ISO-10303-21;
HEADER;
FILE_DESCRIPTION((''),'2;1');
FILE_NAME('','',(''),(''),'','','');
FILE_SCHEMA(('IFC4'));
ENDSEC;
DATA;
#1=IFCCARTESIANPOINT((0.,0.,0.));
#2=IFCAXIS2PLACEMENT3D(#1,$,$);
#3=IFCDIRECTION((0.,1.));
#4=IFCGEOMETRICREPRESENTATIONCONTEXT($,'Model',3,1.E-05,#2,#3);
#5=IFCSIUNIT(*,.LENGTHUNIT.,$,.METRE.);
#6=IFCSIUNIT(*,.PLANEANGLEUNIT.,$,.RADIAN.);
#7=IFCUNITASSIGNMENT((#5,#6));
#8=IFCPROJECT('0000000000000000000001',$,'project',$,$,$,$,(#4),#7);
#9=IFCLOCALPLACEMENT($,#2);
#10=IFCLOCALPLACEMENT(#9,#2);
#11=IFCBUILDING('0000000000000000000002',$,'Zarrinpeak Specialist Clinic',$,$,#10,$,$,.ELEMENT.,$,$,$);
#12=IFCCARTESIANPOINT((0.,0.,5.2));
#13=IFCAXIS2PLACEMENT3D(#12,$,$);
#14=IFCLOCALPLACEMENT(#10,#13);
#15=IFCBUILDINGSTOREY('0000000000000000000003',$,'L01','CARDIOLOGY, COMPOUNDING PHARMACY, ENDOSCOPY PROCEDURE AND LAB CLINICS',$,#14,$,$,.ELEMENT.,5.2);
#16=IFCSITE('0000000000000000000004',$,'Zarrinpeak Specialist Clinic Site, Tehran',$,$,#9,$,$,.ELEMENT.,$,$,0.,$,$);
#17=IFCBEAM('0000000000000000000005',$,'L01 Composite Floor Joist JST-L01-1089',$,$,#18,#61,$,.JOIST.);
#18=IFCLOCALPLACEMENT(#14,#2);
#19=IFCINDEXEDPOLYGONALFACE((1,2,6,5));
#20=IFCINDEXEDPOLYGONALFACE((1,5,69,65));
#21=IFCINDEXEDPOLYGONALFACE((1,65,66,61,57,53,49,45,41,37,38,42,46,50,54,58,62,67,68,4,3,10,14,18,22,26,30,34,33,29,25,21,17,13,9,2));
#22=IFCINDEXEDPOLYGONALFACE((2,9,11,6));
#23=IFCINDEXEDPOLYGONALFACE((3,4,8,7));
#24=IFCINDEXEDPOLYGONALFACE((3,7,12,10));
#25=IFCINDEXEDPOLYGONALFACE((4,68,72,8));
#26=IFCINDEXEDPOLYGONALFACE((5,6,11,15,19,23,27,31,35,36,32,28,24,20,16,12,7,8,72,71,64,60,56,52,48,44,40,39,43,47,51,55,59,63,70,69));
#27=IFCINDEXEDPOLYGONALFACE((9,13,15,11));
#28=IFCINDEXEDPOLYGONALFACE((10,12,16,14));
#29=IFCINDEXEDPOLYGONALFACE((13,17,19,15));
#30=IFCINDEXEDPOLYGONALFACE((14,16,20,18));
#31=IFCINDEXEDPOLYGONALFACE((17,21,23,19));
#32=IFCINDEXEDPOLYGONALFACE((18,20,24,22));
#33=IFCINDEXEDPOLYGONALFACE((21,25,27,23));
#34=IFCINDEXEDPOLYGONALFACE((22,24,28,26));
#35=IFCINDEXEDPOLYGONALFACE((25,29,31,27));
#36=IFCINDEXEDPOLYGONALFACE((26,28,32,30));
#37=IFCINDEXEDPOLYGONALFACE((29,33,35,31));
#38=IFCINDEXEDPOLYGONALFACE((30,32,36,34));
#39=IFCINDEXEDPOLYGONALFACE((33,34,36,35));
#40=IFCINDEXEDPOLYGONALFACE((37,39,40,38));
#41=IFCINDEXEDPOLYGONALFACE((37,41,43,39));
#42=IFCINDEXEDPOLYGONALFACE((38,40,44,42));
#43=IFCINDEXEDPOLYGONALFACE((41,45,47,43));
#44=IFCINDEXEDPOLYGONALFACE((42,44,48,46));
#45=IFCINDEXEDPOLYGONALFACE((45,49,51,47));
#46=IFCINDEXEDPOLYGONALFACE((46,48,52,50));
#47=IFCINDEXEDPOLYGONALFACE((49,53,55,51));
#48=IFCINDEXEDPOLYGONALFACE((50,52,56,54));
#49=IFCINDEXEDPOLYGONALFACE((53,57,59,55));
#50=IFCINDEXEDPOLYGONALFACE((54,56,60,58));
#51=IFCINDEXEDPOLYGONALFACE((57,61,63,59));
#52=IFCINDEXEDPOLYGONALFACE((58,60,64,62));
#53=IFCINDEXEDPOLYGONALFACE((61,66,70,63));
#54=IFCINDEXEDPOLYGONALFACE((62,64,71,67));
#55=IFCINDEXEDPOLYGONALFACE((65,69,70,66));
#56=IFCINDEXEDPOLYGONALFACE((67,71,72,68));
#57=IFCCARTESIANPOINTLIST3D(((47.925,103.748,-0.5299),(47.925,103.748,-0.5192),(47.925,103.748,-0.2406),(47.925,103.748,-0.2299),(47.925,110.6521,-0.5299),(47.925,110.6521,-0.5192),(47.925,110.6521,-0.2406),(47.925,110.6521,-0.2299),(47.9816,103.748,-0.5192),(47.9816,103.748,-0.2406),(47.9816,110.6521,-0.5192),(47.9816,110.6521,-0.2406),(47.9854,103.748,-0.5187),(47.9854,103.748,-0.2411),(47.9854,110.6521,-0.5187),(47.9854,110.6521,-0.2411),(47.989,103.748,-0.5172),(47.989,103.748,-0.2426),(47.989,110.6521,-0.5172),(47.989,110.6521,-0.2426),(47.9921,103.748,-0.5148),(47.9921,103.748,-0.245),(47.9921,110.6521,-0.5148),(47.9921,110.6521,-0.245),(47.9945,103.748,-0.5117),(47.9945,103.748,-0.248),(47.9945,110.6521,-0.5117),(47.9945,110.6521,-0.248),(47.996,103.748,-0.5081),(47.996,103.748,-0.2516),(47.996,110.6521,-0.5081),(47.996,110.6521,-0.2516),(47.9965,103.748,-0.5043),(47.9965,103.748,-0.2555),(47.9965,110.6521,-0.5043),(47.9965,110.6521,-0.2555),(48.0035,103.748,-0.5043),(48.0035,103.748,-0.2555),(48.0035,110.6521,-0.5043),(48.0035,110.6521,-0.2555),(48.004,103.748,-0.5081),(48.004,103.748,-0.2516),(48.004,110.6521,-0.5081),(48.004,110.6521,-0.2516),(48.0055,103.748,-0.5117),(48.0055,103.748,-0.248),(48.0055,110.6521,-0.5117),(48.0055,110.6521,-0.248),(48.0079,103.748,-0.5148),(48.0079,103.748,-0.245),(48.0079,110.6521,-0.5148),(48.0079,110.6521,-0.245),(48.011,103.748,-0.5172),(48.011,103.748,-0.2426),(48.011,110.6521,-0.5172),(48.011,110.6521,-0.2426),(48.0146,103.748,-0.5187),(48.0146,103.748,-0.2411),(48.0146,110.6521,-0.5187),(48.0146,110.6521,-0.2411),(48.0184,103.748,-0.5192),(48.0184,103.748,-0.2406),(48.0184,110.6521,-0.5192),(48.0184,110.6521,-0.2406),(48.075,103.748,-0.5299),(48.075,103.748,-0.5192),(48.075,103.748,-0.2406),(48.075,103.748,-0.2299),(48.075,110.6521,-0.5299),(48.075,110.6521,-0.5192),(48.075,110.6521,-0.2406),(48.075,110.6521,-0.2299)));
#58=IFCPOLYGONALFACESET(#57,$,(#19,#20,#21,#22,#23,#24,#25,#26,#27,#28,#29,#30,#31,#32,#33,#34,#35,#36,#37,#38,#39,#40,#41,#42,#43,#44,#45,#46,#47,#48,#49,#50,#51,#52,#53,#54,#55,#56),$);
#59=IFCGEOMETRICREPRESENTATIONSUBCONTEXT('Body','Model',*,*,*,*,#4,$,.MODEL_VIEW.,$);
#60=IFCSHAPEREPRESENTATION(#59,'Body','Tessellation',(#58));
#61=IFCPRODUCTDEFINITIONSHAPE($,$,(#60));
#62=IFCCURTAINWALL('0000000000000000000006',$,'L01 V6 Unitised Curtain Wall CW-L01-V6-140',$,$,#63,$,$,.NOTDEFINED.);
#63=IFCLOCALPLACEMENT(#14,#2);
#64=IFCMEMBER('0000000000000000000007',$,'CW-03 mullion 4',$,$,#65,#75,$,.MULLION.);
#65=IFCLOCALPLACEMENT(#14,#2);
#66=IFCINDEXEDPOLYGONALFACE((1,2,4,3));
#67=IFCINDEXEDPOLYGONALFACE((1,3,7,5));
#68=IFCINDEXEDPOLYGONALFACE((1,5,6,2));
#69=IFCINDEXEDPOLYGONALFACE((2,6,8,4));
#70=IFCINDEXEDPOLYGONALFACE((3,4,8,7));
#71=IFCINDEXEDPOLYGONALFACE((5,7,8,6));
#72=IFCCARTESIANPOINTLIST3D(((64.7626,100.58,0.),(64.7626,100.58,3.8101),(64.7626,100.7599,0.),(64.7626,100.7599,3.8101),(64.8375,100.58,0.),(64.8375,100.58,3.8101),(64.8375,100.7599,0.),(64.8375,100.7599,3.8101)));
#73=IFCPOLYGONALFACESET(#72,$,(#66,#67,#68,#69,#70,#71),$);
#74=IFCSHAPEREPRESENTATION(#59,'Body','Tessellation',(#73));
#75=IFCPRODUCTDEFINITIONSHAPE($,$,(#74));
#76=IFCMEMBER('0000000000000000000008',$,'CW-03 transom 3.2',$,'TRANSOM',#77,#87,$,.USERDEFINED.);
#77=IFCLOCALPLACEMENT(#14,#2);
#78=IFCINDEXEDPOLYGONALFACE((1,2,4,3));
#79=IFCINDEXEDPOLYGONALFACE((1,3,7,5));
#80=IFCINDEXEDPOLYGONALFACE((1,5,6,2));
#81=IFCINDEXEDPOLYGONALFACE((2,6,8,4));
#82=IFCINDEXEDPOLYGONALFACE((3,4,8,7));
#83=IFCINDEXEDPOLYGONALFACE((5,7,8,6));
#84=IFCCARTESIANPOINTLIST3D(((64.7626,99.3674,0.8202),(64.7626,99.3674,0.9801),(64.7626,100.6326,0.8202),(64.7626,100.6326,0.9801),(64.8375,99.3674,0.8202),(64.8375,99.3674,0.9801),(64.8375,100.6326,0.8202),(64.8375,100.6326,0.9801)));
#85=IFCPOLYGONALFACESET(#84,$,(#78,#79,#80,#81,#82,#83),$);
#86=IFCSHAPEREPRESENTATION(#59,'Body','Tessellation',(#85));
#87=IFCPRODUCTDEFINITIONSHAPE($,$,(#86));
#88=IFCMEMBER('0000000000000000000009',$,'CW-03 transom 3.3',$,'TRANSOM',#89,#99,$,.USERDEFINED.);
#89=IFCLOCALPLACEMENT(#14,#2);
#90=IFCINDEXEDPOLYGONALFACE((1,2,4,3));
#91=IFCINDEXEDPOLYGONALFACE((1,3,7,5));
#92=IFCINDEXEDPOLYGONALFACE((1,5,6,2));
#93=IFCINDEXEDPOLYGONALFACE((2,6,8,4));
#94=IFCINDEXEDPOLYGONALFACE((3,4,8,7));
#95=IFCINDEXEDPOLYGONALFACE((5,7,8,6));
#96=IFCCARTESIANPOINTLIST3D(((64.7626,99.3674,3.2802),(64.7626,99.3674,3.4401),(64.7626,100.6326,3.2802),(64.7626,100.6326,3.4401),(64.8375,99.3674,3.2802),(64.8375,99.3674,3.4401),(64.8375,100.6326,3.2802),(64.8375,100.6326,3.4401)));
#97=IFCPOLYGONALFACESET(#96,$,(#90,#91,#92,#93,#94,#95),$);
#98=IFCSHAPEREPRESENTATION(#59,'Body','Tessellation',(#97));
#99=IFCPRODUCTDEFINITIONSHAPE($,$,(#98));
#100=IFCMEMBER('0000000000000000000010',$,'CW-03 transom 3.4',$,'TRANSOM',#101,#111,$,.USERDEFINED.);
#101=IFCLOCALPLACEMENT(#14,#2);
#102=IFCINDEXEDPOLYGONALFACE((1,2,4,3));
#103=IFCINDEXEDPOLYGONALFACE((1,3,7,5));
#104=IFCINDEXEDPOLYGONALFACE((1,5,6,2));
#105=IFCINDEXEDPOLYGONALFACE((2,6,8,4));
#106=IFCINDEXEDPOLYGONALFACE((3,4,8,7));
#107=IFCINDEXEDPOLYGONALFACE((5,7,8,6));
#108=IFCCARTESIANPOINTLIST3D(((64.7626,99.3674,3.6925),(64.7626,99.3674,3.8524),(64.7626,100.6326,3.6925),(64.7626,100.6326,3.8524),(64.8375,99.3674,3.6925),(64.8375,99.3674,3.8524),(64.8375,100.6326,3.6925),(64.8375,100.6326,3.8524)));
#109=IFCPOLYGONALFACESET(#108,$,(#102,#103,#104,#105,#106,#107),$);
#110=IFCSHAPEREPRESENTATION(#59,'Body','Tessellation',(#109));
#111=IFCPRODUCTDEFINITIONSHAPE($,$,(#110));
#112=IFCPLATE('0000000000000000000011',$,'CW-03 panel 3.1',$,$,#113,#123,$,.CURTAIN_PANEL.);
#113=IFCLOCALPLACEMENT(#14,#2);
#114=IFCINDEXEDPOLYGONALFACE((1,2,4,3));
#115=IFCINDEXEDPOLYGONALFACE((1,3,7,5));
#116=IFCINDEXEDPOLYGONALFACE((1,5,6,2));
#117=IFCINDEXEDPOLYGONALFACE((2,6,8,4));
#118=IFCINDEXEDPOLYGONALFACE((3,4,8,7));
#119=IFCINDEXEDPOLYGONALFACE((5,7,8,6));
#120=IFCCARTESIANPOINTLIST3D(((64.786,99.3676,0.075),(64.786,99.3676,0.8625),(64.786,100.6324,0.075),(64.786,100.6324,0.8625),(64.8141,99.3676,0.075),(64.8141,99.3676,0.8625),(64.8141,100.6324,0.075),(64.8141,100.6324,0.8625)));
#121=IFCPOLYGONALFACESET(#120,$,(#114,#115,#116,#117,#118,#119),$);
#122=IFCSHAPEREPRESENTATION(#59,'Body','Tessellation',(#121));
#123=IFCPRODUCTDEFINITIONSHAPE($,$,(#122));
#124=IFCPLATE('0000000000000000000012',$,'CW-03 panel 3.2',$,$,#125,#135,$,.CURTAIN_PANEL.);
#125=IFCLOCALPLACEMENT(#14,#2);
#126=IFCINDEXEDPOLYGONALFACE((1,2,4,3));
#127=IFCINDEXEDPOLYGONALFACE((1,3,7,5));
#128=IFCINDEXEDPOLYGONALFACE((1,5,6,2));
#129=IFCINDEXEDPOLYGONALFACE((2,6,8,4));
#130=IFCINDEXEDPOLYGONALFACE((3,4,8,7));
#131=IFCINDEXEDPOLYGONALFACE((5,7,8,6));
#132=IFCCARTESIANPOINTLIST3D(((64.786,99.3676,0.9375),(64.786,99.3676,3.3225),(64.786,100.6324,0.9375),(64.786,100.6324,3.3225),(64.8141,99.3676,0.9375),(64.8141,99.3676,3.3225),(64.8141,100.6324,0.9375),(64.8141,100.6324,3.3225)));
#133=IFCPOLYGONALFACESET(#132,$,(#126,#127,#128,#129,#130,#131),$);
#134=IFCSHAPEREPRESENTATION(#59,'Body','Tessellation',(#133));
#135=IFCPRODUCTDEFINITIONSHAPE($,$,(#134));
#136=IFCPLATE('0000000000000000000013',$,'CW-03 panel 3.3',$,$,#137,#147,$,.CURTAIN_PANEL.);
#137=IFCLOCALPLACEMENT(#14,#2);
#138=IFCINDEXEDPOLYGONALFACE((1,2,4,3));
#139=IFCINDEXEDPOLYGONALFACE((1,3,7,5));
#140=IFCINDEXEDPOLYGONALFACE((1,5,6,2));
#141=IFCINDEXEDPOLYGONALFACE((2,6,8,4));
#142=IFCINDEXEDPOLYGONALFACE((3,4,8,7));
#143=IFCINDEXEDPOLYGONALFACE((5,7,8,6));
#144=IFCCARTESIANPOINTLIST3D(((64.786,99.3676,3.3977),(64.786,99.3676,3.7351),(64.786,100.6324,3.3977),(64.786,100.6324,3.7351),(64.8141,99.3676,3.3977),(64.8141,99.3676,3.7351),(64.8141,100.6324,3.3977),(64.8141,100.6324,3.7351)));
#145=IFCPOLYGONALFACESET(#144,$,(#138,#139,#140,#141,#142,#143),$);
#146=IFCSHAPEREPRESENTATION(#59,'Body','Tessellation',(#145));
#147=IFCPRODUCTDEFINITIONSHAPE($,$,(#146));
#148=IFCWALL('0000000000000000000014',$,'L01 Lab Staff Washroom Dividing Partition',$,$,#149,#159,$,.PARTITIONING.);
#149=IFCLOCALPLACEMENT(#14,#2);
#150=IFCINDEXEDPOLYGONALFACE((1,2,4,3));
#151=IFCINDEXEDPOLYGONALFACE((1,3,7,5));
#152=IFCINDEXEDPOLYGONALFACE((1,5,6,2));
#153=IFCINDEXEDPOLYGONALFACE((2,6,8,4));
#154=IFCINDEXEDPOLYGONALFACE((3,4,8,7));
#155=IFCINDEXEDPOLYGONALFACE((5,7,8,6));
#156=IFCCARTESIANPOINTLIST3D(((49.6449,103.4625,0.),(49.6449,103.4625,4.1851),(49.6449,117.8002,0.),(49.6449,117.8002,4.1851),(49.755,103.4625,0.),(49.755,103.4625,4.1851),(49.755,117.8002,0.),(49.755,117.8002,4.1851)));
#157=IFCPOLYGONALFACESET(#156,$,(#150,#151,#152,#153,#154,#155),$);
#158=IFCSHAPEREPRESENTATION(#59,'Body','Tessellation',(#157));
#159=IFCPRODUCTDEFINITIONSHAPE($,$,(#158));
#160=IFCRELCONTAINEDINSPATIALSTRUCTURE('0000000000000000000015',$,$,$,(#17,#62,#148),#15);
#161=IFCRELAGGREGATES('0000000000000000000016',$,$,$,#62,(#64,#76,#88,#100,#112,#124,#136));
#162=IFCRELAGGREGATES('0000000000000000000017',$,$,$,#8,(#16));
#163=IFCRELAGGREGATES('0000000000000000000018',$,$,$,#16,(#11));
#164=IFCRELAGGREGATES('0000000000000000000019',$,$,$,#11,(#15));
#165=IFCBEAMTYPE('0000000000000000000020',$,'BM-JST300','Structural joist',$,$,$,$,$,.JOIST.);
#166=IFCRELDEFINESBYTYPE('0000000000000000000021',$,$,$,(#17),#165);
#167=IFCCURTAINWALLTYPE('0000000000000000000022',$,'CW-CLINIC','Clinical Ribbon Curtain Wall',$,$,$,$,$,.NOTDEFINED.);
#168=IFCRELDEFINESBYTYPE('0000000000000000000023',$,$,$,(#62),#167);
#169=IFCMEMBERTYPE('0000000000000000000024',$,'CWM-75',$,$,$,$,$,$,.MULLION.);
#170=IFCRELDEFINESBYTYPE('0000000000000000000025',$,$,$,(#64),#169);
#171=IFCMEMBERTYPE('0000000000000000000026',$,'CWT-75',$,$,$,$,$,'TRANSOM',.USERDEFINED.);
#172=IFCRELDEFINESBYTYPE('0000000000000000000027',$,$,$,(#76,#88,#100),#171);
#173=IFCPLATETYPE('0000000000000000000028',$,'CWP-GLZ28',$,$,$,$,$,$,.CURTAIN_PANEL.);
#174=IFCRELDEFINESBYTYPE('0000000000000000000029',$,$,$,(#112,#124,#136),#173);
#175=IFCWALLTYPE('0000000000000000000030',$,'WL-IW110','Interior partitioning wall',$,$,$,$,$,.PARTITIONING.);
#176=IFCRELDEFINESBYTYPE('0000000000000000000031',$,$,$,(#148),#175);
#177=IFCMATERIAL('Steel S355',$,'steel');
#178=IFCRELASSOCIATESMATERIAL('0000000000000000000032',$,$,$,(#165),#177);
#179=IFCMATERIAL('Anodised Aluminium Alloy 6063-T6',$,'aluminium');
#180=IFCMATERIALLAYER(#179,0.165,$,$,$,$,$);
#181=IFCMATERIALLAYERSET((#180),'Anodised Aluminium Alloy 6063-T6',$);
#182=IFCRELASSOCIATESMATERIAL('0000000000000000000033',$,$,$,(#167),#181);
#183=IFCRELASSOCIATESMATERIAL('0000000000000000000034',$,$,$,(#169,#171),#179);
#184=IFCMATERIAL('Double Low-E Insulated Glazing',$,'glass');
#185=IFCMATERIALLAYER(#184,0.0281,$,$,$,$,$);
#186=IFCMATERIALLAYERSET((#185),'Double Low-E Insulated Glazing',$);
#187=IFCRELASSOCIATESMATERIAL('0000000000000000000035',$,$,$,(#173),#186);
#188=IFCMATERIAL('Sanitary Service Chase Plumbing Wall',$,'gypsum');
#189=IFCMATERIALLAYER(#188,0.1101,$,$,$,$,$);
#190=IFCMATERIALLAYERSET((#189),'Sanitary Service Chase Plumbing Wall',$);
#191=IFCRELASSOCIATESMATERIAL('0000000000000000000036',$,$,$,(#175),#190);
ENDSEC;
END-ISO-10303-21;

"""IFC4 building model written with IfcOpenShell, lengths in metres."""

from ifc_helpers import new_model, si_unit, direction, frame, frame_2d, origin, origin_2d, place, context, subcontext, project, spatial, rectangle, i_section, extrude, material, layer, layer_set, material_profile, profile_set, type_object, element, aggregate, save


model = new_model("IFC4")

# Units and contexts
model_context = context("Model", 3, precision=1e-05, world=origin(), true_north=direction((0.0, 1.0)))
body_context = subcontext(model_context, "Body", "Model", "MODEL_VIEW")
ifc_project = project(units=[si_unit("LENGTHUNIT", "METRE"), si_unit("PLANEANGLEUNIT", "RADIAN")], contexts=[model_context])

# Site, building, storey
site_placement = place(None, origin())
site = spatial("IfcSite", under=ifc_project, at=site_placement, Name="Zarrinpeak Specialist Clinic Site, Tehran", CompositionType="ELEMENT", RefElevation=0.0)
building_placement = place(site_placement, origin())
building = spatial("IfcBuilding", under=site, at=building_placement, Name="Zarrinpeak Specialist Clinic", CompositionType="ELEMENT")
storey_placement = place(building_placement, frame((0.0, 0.0, 5.2)))
storey = spatial("IfcBuildingStorey", under=building, at=storey_placement, Name="L01", Description="CARDIOLOGY, COMPOUNDING PHARMACY, ENDOSCOPY PROCEDURE AND LAB CLINICS", CompositionType="ELEMENT", Elevation=5.2)

# Shared definitions
ifc_material_1 = material(Name="Steel S355", Category="steel")

# Beam
ifc_material_profile_1 = material_profile(ifc_material_1, i_section(OverallWidth=0.1499, OverallDepth=0.3, WebThickness=0.0071, FlangeThickness=0.0107, FilletRadius=0.0149, at=origin_2d()), Name="IPE 300")
ifc_profile_set_1 = profile_set([ifc_material_profile_1], Name="Steel S355")
beam_type_1 = type_object("IfcBeamType", Name="BM-JST300", Description="Structural joist", PredefinedType="JOIST", material=ifc_profile_set_1)
beam_1_placement = place(storey_placement, frame((48.0, 103.748, -0.3799), z_axis=(0.0, 1.0, 0.0), x_axis=(-1.0, 0.0, 0.0)))
element("IfcBeam", 1, at=beam_1_placement, inside=storey, type_object=beam_type_1, Name="L01 Composite Floor Joist JST-L01-1089", PredefinedType="JOIST", context=body_context, shape_type="SweptSolid", body=[
    extrude(i_section(OverallWidth=0.1499, OverallDepth=0.3, WebThickness=0.0071, FlangeThickness=0.0107, FilletRadius=0.0149, at=origin_2d()), origin(), (0.0, 0.0, 1.0), 6.9041),
])

# Curtain wall, members, plates
ifc_material_2 = material(Name="Anodised Aluminium Alloy 6063-T6", Category="aluminium")
ifc_layer_1 = layer(ifc_material_2, 0.165)
ifc_layer_set_1 = layer_set([ifc_layer_1], Name="Anodised Aluminium Alloy 6063-T6")
curtain_wall_type = type_object("IfcCurtainWallType", Name="CW-CLINIC", Description="Clinical Ribbon Curtain Wall", PredefinedType="NOTDEFINED", material=ifc_layer_set_1)
curtain_wall_placement = place(storey_placement, origin())
curtain_wall = element("IfcCurtainWall", 2, at=curtain_wall_placement, inside=storey, type_object=curtain_wall_type, Name="L01 V6 Unitised Curtain Wall CW-L01-V6-140", PredefinedType="NOTDEFINED")
ifc_material_profile_2 = material_profile(ifc_material_2, rectangle(XDim=0.075, YDim=0.1799, at=origin_2d()), Name="ALU 75x180")
ifc_profile_set_2 = profile_set([ifc_material_profile_2], Name="Anodised Aluminium Alloy 6063-T6")
member_type_1 = type_object("IfcMemberType", Name="CWM-75", PredefinedType="MULLION", material=ifc_profile_set_2)
member_1_placement = place(storey_placement, frame((64.8, 100.6699, 0.0), z_axis=(0.0, 0.0, 1.0), x_axis=(-1.0, 0.0, 0.0)))
member_1 = element("IfcMember", 3, at=member_1_placement, type_object=member_type_1, Name="CW-03 mullion 4", PredefinedType="MULLION", context=body_context, shape_type="SweptSolid", body=[
    extrude(rectangle(XDim=0.075, YDim=0.1799, at=origin_2d()), origin(), (0.0, 0.0, 1.0), 3.8101),
])
ifc_material_profile_3 = material_profile(ifc_material_2, rectangle(XDim=0.075, YDim=0.1599, at=origin_2d()), Name="ALU 75x160")
ifc_profile_set_3 = profile_set([ifc_material_profile_3], Name="Anodised Aluminium Alloy 6063-T6")
member_type_2 = type_object("IfcMemberType", Name="CWT-75", ElementType="TRANSOM", PredefinedType="USERDEFINED", material=ifc_profile_set_3)
member_2_placement = place(storey_placement, frame((64.8, 99.3674, 0.9001), z_axis=(0.0, 1.0, 0.0), x_axis=(-1.0, 0.0, 0.0)))
member_2 = element("IfcMember", 4, at=member_2_placement, type_object=member_type_2, Name="CW-03 transom 3.2", ObjectType="TRANSOM", PredefinedType="USERDEFINED", context=body_context, shape_type="SweptSolid", body=[
    extrude(rectangle(XDim=0.075, YDim=0.1599, at=origin_2d()), origin(), (0.0, 0.0, 1.0), 1.2651),
])
member_3_placement = place(storey_placement, frame((64.8, 99.3674, 3.3601), z_axis=(0.0, 1.0, 0.0), x_axis=(-1.0, 0.0, 0.0)))
member_3 = element("IfcMember", 5, at=member_3_placement, type_object=member_type_2, Name="CW-03 transom 3.3", ObjectType="TRANSOM", PredefinedType="USERDEFINED", context=body_context, shape_type="SweptSolid", body=[
    extrude(rectangle(XDim=0.075, YDim=0.1599, at=origin_2d()), origin(), (0.0, 0.0, 1.0), 1.2651),
])
member_4_placement = place(storey_placement, frame((64.8, 99.3674, 3.7725), z_axis=(0.0, 1.0, 0.0), x_axis=(-1.0, 0.0, 0.0)))
member_4 = element("IfcMember", 6, at=member_4_placement, type_object=member_type_2, Name="CW-03 transom 3.4", ObjectType="TRANSOM", PredefinedType="USERDEFINED", context=body_context, shape_type="SweptSolid", body=[
    extrude(rectangle(XDim=0.075, YDim=0.1599, at=origin_2d()), origin(), (0.0, 0.0, 1.0), 1.2651),
])
ifc_material_3 = material(Name="Double Low-E Insulated Glazing", Category="glass")
ifc_layer_2 = layer(ifc_material_3, 0.0281)
ifc_layer_set_2 = layer_set([ifc_layer_2], Name="Double Low-E Insulated Glazing")
plate_type = type_object("IfcPlateType", Name="CWP-GLZ28", PredefinedType="CURTAIN_PANEL", material=ifc_layer_set_2)
plate_1_placement = place(storey_placement, frame((64.8, 100.0, 0.075), z_axis=(0.0, 0.0, 1.0), x_axis=(0.0, 1.0, 0.0)))
plate_1 = element("IfcPlate", 7, at=plate_1_placement, type_object=plate_type, Name="CW-03 panel 3.1", PredefinedType="CURTAIN_PANEL", context=body_context, shape_type="SweptSolid", body=[
    extrude(rectangle(XDim=1.2649, YDim=0.0281, at=origin_2d()), origin(), (0.0, 0.0, 1.0), 0.7876),
])
plate_2_placement = place(storey_placement, frame((64.8, 100.0, 0.9375), z_axis=(0.0, 0.0, 1.0), x_axis=(0.0, 1.0, 0.0)))
plate_2 = element("IfcPlate", 8, at=plate_2_placement, type_object=plate_type, Name="CW-03 panel 3.2", PredefinedType="CURTAIN_PANEL", context=body_context, shape_type="SweptSolid", body=[
    extrude(rectangle(XDim=1.2649, YDim=0.0281, at=origin_2d()), origin(), (0.0, 0.0, 1.0), 2.385),
])
plate_3_placement = place(storey_placement, frame((64.8, 100.0, 3.3977), z_axis=(0.0, 0.0, 1.0), x_axis=(0.0, 1.0, 0.0)))
plate_3 = element("IfcPlate", 9, at=plate_3_placement, type_object=plate_type, Name="CW-03 panel 3.3", PredefinedType="CURTAIN_PANEL", context=body_context, shape_type="SweptSolid", body=[
    extrude(rectangle(XDim=1.2649, YDim=0.0281, at=origin_2d()), origin(), (0.0, 0.0, 1.0), 0.3374),
])
aggregate(curtain_wall, [member_1, member_2, member_3, member_4, plate_1, plate_2, plate_3])

# Wall
ifc_material_4 = material(Name="Sanitary Service Chase Plumbing Wall", Category="gypsum")
ifc_layer_3 = layer(ifc_material_4, 0.1101)
ifc_layer_set_3 = layer_set([ifc_layer_3], Name="Sanitary Service Chase Plumbing Wall")
wall_type_1 = type_object("IfcWallType", Name="WL-IW110", Description="Interior partitioning wall", PredefinedType="PARTITIONING", material=ifc_layer_set_3)
wall_1_placement = place(storey_placement, frame((49.7, 103.4624, 0.0), z_axis=(0.0, 0.0, 1.0), x_axis=(0.0, 1.0, 0.0)))
element("IfcWall", 10, at=wall_1_placement, inside=storey, type_object=wall_type_1, Name="L01 Lab Staff Washroom Dividing Partition", PredefinedType="PARTITIONING", context=body_context, shape_type="SweptSolid", body=[
    extrude(rectangle(XDim=14.3376, YDim=0.1101, at=frame_2d((7.1689, 0.0))), origin(), (0.0, 0.0, 1.0), 4.1851),
])

save(model, "model.ifc")
